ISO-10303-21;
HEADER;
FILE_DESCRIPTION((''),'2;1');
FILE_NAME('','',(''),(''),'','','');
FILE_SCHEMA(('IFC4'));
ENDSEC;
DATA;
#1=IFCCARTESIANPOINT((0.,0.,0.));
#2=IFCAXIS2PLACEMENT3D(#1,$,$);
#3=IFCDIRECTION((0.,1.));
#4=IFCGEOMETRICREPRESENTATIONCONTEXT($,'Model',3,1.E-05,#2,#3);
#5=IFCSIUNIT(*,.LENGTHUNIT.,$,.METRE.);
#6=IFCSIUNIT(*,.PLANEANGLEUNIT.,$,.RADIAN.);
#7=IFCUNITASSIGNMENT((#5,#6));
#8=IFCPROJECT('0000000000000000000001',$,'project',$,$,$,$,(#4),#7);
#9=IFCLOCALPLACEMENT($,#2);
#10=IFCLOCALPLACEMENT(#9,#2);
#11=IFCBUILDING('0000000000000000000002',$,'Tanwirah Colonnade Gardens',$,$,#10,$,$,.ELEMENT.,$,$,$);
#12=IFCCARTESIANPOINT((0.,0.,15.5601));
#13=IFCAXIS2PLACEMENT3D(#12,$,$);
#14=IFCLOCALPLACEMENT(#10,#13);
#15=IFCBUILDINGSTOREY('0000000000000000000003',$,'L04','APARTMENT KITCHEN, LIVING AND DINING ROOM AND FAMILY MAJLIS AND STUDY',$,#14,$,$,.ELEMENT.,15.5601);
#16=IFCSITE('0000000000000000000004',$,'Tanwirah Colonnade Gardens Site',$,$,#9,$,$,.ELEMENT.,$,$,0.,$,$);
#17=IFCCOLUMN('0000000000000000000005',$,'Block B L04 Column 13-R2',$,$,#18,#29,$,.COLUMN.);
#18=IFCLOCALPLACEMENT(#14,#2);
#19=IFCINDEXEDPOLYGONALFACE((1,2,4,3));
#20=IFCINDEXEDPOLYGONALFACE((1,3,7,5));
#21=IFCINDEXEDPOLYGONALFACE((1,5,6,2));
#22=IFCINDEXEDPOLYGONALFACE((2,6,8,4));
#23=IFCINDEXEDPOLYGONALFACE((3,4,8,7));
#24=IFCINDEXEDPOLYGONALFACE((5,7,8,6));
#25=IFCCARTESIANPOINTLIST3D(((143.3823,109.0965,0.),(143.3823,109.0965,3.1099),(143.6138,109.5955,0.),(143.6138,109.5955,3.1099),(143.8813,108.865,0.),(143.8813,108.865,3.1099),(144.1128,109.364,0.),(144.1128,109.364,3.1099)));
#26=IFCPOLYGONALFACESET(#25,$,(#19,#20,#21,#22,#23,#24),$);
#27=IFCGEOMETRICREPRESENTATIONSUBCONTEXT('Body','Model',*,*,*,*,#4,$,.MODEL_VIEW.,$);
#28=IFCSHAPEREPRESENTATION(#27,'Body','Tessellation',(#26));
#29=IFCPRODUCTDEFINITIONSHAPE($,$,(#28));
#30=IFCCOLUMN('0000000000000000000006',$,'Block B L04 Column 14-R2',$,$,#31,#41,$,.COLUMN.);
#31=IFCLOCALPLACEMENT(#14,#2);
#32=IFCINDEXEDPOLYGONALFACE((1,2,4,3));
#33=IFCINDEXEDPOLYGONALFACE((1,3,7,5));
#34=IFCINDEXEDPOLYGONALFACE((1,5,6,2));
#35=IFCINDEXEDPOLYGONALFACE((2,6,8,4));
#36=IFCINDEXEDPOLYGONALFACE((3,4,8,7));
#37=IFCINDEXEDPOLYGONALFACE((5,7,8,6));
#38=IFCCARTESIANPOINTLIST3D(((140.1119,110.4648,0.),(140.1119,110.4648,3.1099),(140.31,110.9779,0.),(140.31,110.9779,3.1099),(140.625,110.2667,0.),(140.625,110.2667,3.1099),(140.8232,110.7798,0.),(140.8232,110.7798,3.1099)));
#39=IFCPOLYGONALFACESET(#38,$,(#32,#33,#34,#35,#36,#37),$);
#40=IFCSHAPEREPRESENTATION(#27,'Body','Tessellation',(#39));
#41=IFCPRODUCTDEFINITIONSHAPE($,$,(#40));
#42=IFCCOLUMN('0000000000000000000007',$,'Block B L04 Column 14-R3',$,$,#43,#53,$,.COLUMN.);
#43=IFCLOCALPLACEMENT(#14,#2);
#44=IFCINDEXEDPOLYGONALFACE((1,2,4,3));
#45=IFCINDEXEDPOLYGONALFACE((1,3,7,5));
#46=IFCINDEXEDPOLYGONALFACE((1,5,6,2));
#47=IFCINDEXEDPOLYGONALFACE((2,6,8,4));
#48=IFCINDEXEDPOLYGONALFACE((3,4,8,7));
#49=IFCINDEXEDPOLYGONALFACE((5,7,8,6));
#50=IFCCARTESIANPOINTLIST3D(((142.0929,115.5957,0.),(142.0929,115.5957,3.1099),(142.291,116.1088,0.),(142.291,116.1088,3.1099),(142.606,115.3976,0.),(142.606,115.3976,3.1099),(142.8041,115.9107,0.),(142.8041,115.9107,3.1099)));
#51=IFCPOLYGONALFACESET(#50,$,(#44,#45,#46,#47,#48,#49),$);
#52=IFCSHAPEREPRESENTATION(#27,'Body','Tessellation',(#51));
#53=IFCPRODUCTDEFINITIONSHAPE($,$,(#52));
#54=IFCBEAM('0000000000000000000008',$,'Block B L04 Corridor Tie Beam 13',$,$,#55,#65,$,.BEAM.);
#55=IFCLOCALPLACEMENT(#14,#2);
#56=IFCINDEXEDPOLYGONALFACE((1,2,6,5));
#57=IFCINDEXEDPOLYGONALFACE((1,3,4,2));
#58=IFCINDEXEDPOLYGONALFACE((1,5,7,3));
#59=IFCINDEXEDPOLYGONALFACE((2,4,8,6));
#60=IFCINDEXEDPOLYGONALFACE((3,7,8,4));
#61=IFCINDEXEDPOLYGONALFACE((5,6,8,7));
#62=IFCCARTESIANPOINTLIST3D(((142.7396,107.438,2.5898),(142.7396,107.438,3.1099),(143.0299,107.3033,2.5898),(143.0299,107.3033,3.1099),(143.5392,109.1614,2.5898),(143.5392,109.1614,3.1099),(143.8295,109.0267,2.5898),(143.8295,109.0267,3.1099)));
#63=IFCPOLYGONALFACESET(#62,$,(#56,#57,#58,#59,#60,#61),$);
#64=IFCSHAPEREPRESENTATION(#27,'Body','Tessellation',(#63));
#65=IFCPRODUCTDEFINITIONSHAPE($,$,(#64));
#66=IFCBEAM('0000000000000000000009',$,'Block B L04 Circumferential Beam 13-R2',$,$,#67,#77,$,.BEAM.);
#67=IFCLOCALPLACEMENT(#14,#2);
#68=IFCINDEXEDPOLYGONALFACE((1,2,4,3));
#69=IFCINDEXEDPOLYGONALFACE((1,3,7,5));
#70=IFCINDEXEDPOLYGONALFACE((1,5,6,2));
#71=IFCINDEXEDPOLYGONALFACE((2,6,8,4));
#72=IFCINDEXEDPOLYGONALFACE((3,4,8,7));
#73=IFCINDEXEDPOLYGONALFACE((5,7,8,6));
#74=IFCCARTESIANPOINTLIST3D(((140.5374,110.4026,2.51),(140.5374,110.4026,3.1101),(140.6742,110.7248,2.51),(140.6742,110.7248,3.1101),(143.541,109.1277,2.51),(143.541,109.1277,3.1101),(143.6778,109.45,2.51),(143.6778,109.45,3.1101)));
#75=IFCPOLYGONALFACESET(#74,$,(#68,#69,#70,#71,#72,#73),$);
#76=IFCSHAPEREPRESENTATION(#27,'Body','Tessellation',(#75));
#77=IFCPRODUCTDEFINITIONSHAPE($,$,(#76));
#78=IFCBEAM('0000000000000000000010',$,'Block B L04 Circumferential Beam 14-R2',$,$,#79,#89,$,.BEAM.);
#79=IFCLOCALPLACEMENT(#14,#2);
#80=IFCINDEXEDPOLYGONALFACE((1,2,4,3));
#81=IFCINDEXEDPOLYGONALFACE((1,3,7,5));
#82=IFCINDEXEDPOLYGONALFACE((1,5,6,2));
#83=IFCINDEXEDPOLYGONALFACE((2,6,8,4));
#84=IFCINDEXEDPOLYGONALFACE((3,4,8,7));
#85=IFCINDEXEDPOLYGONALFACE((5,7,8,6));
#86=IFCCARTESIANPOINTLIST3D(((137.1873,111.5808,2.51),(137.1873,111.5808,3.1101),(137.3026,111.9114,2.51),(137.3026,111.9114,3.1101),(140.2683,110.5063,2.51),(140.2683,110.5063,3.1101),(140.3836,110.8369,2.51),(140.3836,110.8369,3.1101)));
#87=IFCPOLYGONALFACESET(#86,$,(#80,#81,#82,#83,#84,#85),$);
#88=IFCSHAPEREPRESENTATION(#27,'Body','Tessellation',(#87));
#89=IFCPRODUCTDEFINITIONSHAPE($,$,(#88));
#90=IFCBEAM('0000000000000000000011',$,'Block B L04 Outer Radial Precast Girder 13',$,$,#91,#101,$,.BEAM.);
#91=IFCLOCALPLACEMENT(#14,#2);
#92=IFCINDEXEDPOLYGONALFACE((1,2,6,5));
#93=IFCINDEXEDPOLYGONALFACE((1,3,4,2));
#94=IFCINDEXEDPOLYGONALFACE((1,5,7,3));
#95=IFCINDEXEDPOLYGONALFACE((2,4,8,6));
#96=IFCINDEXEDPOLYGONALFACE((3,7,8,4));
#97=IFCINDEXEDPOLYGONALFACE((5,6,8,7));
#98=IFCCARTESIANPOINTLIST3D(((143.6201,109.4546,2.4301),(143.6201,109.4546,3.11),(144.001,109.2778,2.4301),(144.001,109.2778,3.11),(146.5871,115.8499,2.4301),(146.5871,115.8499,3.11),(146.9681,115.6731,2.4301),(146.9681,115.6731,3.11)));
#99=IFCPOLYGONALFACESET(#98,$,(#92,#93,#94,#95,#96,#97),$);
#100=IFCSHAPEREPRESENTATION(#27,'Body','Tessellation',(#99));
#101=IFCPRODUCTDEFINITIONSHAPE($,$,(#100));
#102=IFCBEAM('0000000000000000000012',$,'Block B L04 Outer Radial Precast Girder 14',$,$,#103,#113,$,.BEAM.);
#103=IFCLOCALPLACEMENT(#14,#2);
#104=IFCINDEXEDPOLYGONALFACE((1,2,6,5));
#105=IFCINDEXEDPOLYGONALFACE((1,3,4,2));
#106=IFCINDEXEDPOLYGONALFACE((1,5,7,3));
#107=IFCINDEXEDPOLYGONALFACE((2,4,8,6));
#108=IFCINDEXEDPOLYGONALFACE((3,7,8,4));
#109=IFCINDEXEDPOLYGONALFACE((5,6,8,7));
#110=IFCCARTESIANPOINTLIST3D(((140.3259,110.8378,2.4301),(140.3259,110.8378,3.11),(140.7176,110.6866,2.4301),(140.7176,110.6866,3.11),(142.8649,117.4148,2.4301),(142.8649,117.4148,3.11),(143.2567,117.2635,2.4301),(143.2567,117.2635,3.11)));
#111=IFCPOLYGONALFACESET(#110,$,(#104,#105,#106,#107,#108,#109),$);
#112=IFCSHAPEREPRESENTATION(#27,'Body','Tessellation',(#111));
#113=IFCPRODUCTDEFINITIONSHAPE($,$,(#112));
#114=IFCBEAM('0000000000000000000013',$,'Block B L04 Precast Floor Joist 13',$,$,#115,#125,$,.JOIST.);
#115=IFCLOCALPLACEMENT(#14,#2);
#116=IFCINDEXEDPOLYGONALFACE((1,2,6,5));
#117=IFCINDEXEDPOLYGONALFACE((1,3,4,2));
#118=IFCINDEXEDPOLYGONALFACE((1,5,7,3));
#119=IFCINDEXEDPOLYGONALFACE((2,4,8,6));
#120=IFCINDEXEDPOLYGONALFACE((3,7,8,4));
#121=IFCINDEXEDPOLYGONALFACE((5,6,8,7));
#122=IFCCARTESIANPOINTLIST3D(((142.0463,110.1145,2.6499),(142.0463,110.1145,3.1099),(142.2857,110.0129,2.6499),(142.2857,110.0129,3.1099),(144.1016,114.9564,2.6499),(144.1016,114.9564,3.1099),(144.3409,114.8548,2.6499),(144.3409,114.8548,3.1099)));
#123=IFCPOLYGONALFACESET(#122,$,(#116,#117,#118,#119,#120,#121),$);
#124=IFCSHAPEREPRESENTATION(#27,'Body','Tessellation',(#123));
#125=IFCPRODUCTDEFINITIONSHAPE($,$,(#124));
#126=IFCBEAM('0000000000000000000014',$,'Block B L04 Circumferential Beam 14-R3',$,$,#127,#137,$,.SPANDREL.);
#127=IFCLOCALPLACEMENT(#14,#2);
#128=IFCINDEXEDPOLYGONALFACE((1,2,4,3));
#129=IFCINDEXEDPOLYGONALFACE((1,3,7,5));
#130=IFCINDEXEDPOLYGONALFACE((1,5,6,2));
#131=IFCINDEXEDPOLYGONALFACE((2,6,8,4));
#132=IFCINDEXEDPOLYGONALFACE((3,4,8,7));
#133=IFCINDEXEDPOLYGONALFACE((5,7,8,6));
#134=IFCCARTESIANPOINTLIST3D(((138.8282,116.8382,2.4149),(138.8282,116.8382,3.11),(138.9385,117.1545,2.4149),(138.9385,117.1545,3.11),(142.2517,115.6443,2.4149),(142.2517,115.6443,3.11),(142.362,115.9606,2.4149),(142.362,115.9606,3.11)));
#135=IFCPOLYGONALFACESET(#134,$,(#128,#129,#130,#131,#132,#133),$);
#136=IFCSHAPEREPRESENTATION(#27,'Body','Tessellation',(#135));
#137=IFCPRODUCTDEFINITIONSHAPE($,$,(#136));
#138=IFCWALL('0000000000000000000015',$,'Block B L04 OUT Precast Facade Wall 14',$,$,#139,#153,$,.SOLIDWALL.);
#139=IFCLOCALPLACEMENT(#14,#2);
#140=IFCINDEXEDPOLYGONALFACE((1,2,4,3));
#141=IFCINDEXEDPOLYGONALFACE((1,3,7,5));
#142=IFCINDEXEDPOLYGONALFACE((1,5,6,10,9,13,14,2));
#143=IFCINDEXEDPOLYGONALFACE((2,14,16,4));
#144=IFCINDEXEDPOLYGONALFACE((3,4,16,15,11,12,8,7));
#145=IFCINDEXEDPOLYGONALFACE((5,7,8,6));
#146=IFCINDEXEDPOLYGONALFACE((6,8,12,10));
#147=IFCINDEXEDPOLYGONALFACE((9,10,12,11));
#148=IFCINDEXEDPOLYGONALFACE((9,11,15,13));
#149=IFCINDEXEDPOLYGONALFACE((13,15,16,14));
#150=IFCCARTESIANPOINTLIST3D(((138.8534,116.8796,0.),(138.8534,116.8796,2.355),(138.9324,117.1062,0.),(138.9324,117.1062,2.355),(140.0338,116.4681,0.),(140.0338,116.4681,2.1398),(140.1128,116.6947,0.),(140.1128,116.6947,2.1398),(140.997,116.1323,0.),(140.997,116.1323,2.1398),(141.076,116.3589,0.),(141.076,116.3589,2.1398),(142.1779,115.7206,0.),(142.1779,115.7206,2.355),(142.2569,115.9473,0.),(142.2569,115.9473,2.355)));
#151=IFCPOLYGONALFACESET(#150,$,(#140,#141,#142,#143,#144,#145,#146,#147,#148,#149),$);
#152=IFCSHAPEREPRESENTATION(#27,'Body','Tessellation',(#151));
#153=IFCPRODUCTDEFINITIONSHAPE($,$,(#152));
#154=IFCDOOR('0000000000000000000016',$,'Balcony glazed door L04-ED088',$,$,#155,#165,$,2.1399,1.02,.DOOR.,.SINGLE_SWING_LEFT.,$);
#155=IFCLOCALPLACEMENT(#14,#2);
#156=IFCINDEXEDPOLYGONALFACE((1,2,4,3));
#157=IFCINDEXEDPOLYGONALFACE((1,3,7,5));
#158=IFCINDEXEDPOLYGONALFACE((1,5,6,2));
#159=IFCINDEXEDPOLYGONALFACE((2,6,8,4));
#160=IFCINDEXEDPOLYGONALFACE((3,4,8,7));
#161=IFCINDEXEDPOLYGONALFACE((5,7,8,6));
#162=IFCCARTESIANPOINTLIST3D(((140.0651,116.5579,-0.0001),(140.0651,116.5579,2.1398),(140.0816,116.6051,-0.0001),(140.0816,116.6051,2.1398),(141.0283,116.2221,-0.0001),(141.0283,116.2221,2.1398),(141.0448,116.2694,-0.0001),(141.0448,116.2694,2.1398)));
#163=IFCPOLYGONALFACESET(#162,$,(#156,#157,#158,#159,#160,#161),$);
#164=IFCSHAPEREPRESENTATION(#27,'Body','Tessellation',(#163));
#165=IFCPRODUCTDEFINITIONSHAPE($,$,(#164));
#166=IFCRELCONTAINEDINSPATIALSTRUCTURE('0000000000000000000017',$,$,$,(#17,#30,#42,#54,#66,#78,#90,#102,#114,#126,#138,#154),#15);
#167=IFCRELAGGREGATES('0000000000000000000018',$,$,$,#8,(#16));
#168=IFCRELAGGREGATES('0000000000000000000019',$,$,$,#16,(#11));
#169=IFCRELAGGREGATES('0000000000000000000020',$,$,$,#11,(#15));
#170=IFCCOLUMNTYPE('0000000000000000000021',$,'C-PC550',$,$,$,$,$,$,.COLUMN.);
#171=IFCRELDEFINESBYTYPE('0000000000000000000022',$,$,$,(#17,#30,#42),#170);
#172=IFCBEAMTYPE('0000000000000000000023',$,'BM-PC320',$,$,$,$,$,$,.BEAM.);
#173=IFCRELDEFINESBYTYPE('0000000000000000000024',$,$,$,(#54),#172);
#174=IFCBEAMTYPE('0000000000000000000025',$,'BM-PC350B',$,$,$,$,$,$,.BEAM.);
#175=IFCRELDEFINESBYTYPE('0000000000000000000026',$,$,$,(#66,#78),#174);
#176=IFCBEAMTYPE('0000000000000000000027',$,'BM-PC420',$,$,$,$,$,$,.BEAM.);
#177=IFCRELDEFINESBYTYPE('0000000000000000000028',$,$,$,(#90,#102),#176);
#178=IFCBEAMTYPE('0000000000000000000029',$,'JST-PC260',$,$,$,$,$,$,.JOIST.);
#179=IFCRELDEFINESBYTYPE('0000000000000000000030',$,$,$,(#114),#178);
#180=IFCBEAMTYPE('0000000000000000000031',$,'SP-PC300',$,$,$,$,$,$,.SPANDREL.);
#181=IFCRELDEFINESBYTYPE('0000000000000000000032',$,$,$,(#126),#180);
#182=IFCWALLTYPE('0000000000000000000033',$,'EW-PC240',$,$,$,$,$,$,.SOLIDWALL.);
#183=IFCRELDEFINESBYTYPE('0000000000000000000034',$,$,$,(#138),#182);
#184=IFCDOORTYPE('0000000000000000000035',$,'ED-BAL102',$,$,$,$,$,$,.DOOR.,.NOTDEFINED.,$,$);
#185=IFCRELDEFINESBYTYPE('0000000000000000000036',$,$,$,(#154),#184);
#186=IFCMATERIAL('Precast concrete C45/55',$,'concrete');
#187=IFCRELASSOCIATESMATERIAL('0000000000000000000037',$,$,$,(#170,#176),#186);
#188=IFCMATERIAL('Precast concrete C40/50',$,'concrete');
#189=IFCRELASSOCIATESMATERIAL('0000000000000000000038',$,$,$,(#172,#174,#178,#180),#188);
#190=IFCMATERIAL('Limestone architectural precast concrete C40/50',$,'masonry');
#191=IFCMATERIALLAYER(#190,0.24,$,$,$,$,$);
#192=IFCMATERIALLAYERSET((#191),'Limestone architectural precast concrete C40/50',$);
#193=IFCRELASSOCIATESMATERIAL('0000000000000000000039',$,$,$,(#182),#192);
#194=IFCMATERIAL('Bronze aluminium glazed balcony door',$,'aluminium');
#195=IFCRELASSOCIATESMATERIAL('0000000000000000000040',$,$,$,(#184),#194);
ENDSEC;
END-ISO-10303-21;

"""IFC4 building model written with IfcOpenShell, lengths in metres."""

from ifc_helpers import new_model, si_unit, direction, frame, frame_2d, origin, origin_2d, place, context, subcontext, project, spatial, rectangle, extrude, material, layer, layer_set, material_profile, profile_set, type_object, element, fill, save


model = new_model("IFC4")

# Units and contexts
model_context = context("Model", 3, precision=1e-05, world=origin(), true_north=direction((0.0, 1.0)))
body_context = subcontext(model_context, "Body", "Model", "MODEL_VIEW")
ifc_project = project(units=[si_unit("LENGTHUNIT", "METRE"), si_unit("PLANEANGLEUNIT", "RADIAN")], contexts=[model_context])

# Site, building, storey
site_placement = place(None, origin())
site = spatial("IfcSite", under=ifc_project, at=site_placement, Name="Tanwirah Colonnade Gardens Site", CompositionType="ELEMENT", RefElevation=0.0)
building_placement = place(site_placement, origin())
building = spatial("IfcBuilding", under=site, at=building_placement, Name="Tanwirah Colonnade Gardens", CompositionType="ELEMENT")
storey_placement = place(building_placement, frame((0.0, 0.0, 15.5601)))
storey = spatial("IfcBuildingStorey", under=building, at=storey_placement, Name="L04", Description="APARTMENT KITCHEN, LIVING AND DINING ROOM AND FAMILY MAJLIS AND STUDY", CompositionType="ELEMENT", Elevation=15.5601)

# Columns
ifc_material_1 = material(Name="Precast concrete C45/55", Category="concrete")
ifc_material_profile_1 = material_profile(ifc_material_1, rectangle(XDim=0.55, YDim=0.55, at=origin_2d()), Name="PC-COL 550x550")
ifc_profile_set_1 = profile_set([ifc_material_profile_1], Name="Precast concrete C45/55")
column_type = type_object("IfcColumnType", Name="C-PC550", PredefinedType="COLUMN", material=ifc_profile_set_1)
for number, where, z_axis, x_axis, name in (
    (1, (143.7476, 109.2302, 0.0), (0.0, 0.0, 1.0), (0.42086, 0.907126, 0.0), "Block B L04 Column 13-R2"),
    (2, (140.4675, 110.6223, 0.0), (0.0, 0.0, 1.0), (0.360178, 0.932884, 0.0), "Block B L04 Column 14-R2"),
    (3, (142.4485, 115.7532, 0.0), (0.0, 0.0, 1.0), (0.360178, 0.932884, 0.0), "Block B L04 Column 14-R3"),
):
    element("IfcColumn", number, at=place(storey_placement, frame(where, z_axis=z_axis, x_axis=x_axis)), inside=storey, type_object=column_type, Name=name, PredefinedType="COLUMN", context=body_context, shape_type="SweptSolid", body=[
        extrude(rectangle(XDim=0.55, YDim=0.55, at=origin_2d()), origin(), (0.0, 0.0, 1.0), 3.1099),
    ])

# Beams
ifc_material_2 = material(Name="Precast concrete C40/50", Category="concrete")
ifc_material_profile_2 = material_profile(ifc_material_2, rectangle(XDim=0.3201, YDim=0.52, at=origin_2d()), Name="PC-BM 320x520")
ifc_profile_set_2 = profile_set([ifc_material_profile_2], Name="Precast concrete C40/50")
beam_type_1 = type_object("IfcBeamType", Name="BM-PC320", PredefinedType="BEAM", material=ifc_profile_set_2)
beam_1_placement = place(storey_placement, frame((142.8848, 107.3706, 2.8499), z_axis=(0.420858, 0.907126, 0.0), x_axis=(-0.907126, 0.420858, 0.0)))
element("IfcBeam", 4, at=beam_1_placement, inside=storey, type_object=beam_type_1, Name="Block B L04 Corridor Tie Beam 13", PredefinedType="BEAM", context=body_context, shape_type="SweptSolid", body=[
    extrude(rectangle(XDim=0.3201, YDim=0.52, at=origin_2d()), origin(), (0.0, 0.0, 1.0), 1.8999),
])
ifc_material_profile_3 = material_profile(ifc_material_2, rectangle(XDim=0.3501, YDim=0.6001, at=origin_2d()), Name="PC-BM 350x600")
ifc_profile_set_3 = profile_set([ifc_material_profile_3], Name="Precast concrete C40/50")
beam_type_2 = type_object("IfcBeamType", Name="BM-PC350B", PredefinedType="BEAM", material=ifc_profile_set_3)
for number, where, z_axis, x_axis, name in (
    (5, (143.6094, 109.2888, 2.8101), (-0.920513, 0.390711, 0.0), (-0.390711, -0.920513, 0.0), "Block B L04 Circumferential Beam 13-R2"),
    (6, (140.3259, 110.6716, 2.8101), (-0.944231, 0.329284, 0.0), (-0.329284, -0.944231, 0.0), "Block B L04 Circumferential Beam 14-R2"),
):
    element("IfcBeam", number, at=place(storey_placement, frame(where, z_axis=z_axis, x_axis=x_axis)), inside=storey, type_object=beam_type_2, Name=name, PredefinedType="BEAM", context=body_context, shape_type="SweptSolid", body=[
        extrude(rectangle(XDim=0.3501, YDim=0.6001, at=origin_2d()), origin(), (0.0, 0.0, 1.0), 3.2629),
    ])
ifc_material_profile_4 = material_profile(ifc_material_1, rectangle(XDim=0.4199, YDim=0.6799, at=origin_2d()), Name="PC-BM 420x680")
ifc_profile_set_4 = profile_set([ifc_material_profile_4], Name="Precast concrete C45/55")
beam_type_3 = type_object("IfcBeamType", Name="BM-PC420", PredefinedType="BEAM", material=ifc_profile_set_4)
for number, where, z_axis, x_axis, name in (
    (7, (143.8105, 109.3662, 2.77), (0.420856, 0.907128, 0.0), (-0.907128, 0.420856, 0.0), "Block B L04 Outer Radial Precast Girder 13"),
    (8, (140.5217, 110.7622, 2.77), (0.360151, 0.932894, 0.0), (-0.932894, 0.360151, 0.0), "Block B L04 Outer Radial Precast Girder 14"),
):
    element("IfcBeam", number, at=place(storey_placement, frame(where, z_axis=z_axis, x_axis=x_axis)), inside=storey, type_object=beam_type_3, Name=name, PredefinedType="BEAM", context=body_context, shape_type="SweptSolid", body=[
        extrude(rectangle(XDim=0.4199, YDim=0.6799, at=origin_2d()), origin(), (0.0, 0.0, 1.0), 7.05),
    ])
ifc_material_profile_5 = material_profile(ifc_material_2, rectangle(XDim=0.26, YDim=0.46, at=origin_2d()), Name="PC-JST 260x460")
ifc_profile_set_5 = profile_set([ifc_material_profile_5], Name="Precast concrete C40/50")
beam_type_4 = type_object("IfcBeamType", Name="JST-PC260", PredefinedType="JOIST", material=ifc_profile_set_5)
beam_2_placement = place(storey_placement, frame((142.166, 110.0637, 2.8799), z_axis=(0.390724, 0.920508, 0.0), x_axis=(-0.920508, 0.390724, 0.0)))
element("IfcBeam", 9, at=beam_2_placement, inside=storey, type_object=beam_type_4, Name="Block B L04 Precast Floor Joist 13", PredefinedType="JOIST", context=body_context, shape_type="SweptSolid", body=[
    extrude(rectangle(XDim=0.26, YDim=0.46, at=origin_2d()), origin(), (0.0, 0.0, 1.0), 5.26),
])
ifc_material_profile_6 = material_profile(ifc_material_2, rectangle(XDim=0.335, YDim=0.6951, at=origin_2d()), Name="PC-SP 335x695")
ifc_profile_set_6 = profile_set([ifc_material_profile_6], Name="Precast concrete C40/50")
beam_type_5 = type_object("IfcBeamType", Name="SP-PC300", PredefinedType="SPANDREL", material=ifc_profile_set_6)
beam_3_placement = place(storey_placement, frame((142.3069, 115.8025, 2.7625), z_axis=(-0.944237, 0.329267, 0.0), x_axis=(-0.329267, -0.944237, 0.0)))
element("IfcBeam", 10, at=beam_3_placement, inside=storey, type_object=beam_type_5, Name="Block B L04 Circumferential Beam 14-R3", PredefinedType="SPANDREL", context=body_context, shape_type="SweptSolid", body=[
    extrude(rectangle(XDim=0.335, YDim=0.6951, at=origin_2d()), origin(), (0.0, 0.0, 1.0), 3.6257),
])

# Wall, opening, door
ifc_material_3 = material(Name="Limestone architectural precast concrete C40/50", Category="masonry")
ifc_layer_1 = layer(ifc_material_3, 0.24)
ifc_layer_set_1 = layer_set([ifc_layer_1], Name="Limestone architectural precast concrete C40/50")
wall_type_1 = type_object("IfcWallType", Name="EW-PC240", PredefinedType="SOLIDWALL", material=ifc_layer_set_1)
wall_1_placement = place(storey_placement, frame((142.2173, 115.834, 0.0), z_axis=(0.0, 0.0, 1.0), x_axis=(-0.944267, 0.329179, 0.0)))
wall_1 = element("IfcWall", 11, at=wall_1_placement, inside=storey, type_object=wall_type_1, Name="Block B L04 OUT Precast Facade Wall 14", PredefinedType="SOLIDWALL", context=body_context, shape_type="SweptSolid", body=[
    extrude(rectangle(XDim=3.5208, YDim=0.24, at=frame_2d((1.7603, 0.0))), origin(), (0.0, 0.0, 1.0), 2.355),
])
opening_1_placement = place(wall_1_placement, frame((1.2505, 0.0, 0.0)))
opening_1 = element("IfcOpeningElement", 12, at=opening_1_placement, cuts=wall_1, PredefinedType="OPENING", context=body_context, shape_type="SweptSolid", body=[
    extrude(rectangle(XDim=1.02, YDim=2.1399, at=frame_2d((0.51, 1.0698))), frame((0.0, 0.1299, 0.0), z_axis=(0.0, -1.0, 0.0), x_axis=(1.0, 0.0, 0.0)), (0.0, 0.0, 1.0), 0.26),
])
ifc_material_4 = material(Name="Bronze aluminium glazed balcony door", Category="aluminium")
door_type_1 = type_object("IfcDoorType", Name="ED-BAL102", OperationType="NOTDEFINED", PredefinedType="DOOR", material=ifc_material_4)
door_1_placement = place(opening_1_placement, origin())
door_1 = element("IfcDoor", 13, at=door_1_placement, inside=storey, type_object=door_type_1, Name="Balcony glazed door L04-ED088", OperationType="SINGLE_SWING_LEFT", OverallHeight=2.1399, OverallWidth=1.02, PredefinedType="DOOR", context=body_context, shape_type="SweptSolid", body=[
    extrude(rectangle(XDim=1.02, YDim=2.1399, at=frame_2d((0.51, 1.0698))), frame((0.0, 0.0249, 0.0), z_axis=(0.0, -1.0, 0.0), x_axis=(1.0, 0.0, 0.0)), (0.0, 0.0, 1.0), 0.05),
])
fill(opening_1, door_1)

save(model, "model.ifc")
